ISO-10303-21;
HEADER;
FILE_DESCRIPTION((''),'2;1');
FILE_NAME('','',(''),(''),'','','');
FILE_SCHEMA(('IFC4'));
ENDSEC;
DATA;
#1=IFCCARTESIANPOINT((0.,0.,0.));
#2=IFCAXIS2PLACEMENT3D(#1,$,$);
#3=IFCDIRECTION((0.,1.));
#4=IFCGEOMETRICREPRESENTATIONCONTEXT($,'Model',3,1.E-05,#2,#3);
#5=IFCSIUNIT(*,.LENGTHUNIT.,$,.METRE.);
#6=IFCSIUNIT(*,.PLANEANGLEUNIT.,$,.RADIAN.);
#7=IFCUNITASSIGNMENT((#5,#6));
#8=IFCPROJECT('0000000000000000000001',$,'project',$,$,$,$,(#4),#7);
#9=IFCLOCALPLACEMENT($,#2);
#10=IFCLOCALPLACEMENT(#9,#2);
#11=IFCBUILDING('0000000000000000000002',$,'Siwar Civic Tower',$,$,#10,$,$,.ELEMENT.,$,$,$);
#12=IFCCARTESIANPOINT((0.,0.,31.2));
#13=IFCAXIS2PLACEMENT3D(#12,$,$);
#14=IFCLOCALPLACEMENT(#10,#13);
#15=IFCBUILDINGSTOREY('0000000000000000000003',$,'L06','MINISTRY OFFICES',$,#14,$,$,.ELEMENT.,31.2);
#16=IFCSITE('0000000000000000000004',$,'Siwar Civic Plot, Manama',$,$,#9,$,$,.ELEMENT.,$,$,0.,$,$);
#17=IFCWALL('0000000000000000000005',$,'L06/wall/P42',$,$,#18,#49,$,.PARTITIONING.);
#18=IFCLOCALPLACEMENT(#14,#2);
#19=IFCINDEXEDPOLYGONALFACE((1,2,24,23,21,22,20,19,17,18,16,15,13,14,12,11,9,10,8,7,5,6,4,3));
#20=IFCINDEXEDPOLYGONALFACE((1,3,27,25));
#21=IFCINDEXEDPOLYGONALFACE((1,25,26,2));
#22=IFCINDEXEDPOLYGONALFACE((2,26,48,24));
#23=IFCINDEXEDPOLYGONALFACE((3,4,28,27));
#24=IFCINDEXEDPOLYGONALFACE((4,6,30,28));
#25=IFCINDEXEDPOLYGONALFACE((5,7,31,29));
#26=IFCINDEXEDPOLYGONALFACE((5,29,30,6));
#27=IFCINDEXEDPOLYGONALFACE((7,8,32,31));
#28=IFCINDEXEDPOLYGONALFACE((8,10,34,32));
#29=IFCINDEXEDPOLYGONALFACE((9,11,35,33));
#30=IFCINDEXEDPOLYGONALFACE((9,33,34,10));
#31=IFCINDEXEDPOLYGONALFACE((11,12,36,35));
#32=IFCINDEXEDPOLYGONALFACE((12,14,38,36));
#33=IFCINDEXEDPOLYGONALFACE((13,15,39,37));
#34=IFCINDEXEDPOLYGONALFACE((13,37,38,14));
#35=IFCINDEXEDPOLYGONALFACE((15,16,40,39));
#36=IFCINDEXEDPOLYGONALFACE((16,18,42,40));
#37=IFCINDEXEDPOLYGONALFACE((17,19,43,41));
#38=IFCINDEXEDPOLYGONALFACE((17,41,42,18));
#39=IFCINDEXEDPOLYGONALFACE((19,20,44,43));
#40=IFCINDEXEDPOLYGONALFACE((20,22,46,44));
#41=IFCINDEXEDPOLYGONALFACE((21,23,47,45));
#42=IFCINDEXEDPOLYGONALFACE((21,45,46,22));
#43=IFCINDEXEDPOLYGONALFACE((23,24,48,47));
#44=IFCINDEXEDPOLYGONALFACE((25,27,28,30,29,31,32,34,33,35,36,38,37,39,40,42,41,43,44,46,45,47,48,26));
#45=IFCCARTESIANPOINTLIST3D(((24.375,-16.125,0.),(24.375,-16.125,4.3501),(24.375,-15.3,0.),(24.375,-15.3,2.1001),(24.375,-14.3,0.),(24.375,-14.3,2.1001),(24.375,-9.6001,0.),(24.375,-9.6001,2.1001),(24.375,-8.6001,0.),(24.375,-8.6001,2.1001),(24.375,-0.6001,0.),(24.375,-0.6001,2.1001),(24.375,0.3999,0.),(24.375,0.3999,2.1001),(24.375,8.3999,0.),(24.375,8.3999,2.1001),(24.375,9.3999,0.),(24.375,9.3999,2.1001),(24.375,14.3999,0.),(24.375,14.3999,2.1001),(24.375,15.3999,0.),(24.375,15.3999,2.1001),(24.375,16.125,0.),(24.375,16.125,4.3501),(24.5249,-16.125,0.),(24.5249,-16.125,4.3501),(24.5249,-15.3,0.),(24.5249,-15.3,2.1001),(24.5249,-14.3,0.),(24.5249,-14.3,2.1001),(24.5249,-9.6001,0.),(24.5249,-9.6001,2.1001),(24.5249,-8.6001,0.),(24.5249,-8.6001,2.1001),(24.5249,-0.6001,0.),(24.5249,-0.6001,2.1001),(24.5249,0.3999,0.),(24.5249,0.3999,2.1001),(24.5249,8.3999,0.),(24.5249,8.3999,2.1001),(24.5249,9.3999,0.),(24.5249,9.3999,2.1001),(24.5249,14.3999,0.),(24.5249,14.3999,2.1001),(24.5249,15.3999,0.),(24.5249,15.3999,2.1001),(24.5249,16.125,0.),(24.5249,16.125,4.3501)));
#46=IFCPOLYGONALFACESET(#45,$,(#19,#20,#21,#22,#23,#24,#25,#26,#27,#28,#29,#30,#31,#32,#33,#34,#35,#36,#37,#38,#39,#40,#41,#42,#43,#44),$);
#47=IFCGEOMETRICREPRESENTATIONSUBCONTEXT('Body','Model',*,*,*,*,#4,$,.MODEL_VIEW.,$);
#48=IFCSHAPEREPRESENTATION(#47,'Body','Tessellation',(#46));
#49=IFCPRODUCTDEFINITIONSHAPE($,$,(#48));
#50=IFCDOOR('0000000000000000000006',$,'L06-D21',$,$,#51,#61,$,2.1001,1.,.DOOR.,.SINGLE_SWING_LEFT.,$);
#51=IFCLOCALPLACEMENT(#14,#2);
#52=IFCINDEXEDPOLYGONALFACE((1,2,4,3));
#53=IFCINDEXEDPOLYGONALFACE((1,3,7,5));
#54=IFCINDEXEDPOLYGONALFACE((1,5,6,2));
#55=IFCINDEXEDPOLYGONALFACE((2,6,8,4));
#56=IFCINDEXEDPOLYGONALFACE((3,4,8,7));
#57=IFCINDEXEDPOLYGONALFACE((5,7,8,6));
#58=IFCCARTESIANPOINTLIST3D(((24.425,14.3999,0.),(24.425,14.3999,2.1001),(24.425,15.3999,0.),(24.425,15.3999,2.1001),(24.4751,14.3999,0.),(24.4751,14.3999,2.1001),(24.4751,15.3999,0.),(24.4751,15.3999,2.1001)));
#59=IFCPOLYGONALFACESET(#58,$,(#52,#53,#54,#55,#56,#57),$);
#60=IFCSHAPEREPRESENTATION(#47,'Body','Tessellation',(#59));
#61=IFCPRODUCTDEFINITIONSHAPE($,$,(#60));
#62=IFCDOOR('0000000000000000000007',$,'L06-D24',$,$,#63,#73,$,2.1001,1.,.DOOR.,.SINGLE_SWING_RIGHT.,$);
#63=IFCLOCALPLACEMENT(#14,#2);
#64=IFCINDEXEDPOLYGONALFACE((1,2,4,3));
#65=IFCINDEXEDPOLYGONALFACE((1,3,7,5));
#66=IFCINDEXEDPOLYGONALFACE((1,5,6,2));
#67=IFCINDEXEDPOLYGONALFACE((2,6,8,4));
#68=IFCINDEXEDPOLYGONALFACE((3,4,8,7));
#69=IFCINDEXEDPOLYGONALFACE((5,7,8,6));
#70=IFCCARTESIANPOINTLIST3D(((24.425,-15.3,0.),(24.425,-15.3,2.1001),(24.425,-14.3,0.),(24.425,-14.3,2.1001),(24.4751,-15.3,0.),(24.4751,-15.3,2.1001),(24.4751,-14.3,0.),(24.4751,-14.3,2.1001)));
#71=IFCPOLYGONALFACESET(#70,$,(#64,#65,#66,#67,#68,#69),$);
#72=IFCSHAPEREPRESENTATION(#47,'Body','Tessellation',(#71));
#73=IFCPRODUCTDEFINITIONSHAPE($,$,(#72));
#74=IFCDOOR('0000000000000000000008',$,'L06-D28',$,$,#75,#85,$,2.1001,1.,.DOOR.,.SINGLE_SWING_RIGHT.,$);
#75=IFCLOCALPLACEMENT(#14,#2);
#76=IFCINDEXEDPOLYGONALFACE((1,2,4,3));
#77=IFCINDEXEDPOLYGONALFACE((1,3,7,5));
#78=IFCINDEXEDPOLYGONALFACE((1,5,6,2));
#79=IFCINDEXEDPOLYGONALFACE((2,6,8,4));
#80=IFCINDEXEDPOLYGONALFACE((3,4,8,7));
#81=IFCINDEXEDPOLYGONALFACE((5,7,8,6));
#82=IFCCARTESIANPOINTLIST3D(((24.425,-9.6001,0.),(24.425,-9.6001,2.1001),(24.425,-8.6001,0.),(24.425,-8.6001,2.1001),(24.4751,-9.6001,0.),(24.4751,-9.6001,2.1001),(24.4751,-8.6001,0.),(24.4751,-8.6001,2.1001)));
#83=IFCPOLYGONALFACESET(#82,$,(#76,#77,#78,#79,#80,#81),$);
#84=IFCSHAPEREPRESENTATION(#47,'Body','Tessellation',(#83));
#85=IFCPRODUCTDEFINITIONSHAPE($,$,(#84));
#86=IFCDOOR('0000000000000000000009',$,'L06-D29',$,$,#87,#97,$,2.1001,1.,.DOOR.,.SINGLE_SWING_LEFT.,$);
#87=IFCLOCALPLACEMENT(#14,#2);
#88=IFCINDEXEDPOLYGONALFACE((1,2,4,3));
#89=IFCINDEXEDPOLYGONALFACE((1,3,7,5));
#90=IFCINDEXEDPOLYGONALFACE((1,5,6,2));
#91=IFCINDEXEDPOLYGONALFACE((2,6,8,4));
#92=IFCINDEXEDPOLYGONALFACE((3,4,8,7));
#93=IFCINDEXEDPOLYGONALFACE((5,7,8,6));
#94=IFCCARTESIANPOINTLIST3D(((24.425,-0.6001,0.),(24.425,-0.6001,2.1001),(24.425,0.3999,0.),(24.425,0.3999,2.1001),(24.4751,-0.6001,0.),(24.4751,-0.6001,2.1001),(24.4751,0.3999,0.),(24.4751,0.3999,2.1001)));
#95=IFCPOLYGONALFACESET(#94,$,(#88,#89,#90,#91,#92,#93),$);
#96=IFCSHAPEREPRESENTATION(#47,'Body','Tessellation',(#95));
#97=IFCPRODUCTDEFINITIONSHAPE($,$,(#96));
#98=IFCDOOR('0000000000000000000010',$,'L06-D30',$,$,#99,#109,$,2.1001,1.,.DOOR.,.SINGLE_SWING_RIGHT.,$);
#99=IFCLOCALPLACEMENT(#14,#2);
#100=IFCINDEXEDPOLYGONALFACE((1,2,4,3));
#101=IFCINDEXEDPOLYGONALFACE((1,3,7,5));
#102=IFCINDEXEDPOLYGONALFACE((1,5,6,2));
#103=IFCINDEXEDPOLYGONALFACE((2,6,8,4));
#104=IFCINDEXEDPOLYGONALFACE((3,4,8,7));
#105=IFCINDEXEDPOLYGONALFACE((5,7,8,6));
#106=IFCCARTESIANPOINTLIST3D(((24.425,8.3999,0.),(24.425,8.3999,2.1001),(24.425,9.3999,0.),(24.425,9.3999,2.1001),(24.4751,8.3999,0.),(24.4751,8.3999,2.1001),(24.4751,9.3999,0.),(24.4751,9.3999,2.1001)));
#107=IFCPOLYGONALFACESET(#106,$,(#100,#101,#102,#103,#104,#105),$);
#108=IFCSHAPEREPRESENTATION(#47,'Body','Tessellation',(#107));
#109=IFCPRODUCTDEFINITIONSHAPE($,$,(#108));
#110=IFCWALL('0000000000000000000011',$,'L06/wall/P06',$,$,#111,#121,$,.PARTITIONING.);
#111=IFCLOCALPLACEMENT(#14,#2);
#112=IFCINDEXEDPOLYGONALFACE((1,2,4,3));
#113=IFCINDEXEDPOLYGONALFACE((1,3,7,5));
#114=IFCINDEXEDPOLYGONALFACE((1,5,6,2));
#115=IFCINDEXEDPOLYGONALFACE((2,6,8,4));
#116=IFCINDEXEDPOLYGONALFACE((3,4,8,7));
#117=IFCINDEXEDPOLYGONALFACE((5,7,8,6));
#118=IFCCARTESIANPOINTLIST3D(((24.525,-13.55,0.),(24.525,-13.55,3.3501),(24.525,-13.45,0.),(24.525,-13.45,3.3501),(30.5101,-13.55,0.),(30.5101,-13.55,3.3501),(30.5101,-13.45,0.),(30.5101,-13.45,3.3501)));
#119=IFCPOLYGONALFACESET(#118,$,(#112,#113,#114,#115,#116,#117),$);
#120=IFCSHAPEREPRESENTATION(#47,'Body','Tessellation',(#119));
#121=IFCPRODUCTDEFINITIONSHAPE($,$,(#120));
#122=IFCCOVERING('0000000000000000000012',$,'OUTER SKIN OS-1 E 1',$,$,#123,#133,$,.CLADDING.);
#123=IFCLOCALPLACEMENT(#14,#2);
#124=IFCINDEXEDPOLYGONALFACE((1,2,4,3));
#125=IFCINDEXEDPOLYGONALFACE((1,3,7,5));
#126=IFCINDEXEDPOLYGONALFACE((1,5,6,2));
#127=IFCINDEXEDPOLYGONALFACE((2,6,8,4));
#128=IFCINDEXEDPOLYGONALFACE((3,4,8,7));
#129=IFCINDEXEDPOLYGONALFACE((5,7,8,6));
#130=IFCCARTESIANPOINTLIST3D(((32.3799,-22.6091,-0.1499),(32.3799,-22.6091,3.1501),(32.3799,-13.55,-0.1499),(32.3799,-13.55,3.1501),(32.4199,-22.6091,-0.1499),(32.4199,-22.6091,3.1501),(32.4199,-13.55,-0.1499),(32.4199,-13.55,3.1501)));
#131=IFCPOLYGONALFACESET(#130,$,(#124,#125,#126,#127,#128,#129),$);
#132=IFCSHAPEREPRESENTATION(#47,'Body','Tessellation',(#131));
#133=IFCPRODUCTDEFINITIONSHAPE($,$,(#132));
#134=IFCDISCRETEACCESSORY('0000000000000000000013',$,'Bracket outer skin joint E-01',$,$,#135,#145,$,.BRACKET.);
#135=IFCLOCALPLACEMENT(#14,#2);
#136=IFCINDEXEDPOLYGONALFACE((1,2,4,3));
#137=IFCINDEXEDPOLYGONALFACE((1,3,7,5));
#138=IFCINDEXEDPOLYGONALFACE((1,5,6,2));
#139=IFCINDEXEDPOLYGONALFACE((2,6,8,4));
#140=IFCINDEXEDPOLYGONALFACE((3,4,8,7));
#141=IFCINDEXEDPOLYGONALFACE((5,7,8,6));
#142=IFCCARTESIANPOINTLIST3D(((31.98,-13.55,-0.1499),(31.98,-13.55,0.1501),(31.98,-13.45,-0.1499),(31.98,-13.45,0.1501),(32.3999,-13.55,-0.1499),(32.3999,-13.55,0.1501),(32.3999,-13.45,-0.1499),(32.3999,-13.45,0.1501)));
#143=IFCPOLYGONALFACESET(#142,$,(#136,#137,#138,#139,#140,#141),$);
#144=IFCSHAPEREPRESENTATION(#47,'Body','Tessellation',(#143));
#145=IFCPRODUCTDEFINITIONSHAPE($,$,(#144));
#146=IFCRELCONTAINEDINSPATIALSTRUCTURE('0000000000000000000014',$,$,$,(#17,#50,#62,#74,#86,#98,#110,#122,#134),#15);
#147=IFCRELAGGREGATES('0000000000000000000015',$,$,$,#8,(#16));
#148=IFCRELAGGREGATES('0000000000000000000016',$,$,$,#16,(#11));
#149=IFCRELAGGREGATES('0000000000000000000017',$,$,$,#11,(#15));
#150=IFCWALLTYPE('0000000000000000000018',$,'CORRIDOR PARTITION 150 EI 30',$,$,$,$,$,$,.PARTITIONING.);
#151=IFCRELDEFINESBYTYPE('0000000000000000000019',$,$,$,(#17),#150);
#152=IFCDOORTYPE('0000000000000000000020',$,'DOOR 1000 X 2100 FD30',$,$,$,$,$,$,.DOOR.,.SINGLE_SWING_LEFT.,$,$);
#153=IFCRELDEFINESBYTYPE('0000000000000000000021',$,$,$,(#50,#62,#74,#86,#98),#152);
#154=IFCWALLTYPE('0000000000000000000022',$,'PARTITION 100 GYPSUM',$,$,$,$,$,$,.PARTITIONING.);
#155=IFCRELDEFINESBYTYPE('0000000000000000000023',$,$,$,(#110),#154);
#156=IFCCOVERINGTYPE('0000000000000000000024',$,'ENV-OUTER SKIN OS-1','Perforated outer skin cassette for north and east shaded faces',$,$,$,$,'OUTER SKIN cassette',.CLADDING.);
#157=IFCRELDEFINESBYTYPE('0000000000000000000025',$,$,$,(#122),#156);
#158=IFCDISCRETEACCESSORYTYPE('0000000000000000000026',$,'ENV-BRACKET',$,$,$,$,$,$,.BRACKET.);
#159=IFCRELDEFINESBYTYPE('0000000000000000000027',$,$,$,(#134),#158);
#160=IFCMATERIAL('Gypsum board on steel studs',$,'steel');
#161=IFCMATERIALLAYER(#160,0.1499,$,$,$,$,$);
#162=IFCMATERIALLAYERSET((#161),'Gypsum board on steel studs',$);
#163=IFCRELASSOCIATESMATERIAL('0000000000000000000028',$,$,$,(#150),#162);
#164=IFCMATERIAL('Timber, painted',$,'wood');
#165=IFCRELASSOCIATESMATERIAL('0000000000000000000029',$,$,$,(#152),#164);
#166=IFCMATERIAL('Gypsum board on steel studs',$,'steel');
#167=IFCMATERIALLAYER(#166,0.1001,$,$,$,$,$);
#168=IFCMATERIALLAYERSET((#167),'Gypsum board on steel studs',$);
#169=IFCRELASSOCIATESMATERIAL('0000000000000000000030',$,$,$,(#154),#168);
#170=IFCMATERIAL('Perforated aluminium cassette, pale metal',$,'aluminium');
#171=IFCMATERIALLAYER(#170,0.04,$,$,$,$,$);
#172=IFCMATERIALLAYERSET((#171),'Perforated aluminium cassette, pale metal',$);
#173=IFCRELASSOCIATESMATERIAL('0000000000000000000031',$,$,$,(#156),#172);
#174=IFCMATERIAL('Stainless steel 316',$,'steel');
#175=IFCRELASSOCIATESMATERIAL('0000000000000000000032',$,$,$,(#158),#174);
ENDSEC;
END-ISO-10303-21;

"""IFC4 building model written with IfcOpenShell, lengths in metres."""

from ifc_helpers import new_model, si_unit, direction, frame, frame_2d, origin, origin_2d, place, context, subcontext, project, spatial, rectangle, extrude, material, layer, layer_set, type_object, element, fill, save


model = new_model("IFC4")

# Units and contexts
model_context = context("Model", 3, precision=1e-05, world=origin(), true_north=direction((0.0, 1.0)))
body_context = subcontext(model_context, "Body", "Model", "MODEL_VIEW")
ifc_project = project(units=[si_unit("LENGTHUNIT", "METRE"), si_unit("PLANEANGLEUNIT", "RADIAN")], contexts=[model_context])

# Site, building, storey
site_placement = place(None, origin())
site = spatial("IfcSite", under=ifc_project, at=site_placement, Name="Siwar Civic Plot, Manama", CompositionType="ELEMENT", RefElevation=0.0)
building_placement = place(site_placement, origin())
building = spatial("IfcBuilding", under=site, at=building_placement, Name="Siwar Civic Tower", CompositionType="ELEMENT")
storey_placement = place(building_placement, frame((0.0, 0.0, 31.2)))
storey = spatial("IfcBuildingStorey", under=building, at=storey_placement, Name="L06", Description="MINISTRY OFFICES", CompositionType="ELEMENT", Elevation=31.2)

# Wall, openings, doors
ifc_material_1 = material(Name="Gypsum board on steel studs", Category="steel")
ifc_layer_1 = layer(ifc_material_1, 0.1499)
ifc_layer_set_1 = layer_set([ifc_layer_1], Name="Gypsum board on steel studs")
wall_type_1 = type_object("IfcWallType", Name="CORRIDOR PARTITION 150 EI 30", PredefinedType="PARTITIONING", material=ifc_layer_set_1)
wall_1_placement = place(storey_placement, frame((24.45, -16.125, 0.0), z_axis=(0.0, 0.0, 1.0), x_axis=(0.0, 1.0, 0.0)))
wall_1 = element("IfcWall", 1, at=wall_1_placement, inside=storey, type_object=wall_type_1, Name="L06/wall/P42", PredefinedType="PARTITIONING", context=body_context, shape_type="SweptSolid", body=[
    extrude(rectangle(XDim=32.25, YDim=0.1499, at=frame_2d((16.125, 0.0))), origin(), (0.0, 0.0, 1.0), 4.3501),
])
opening_1_placement = place(wall_1_placement, frame((30.5249, 0.0, 0.0)))
opening_1 = element("IfcOpeningElement", 2, at=opening_1_placement, cuts=wall_1, PredefinedType="OPENING", context=body_context, shape_type="SweptSolid", body=[
    extrude(rectangle(XDim=1.0, YDim=2.1001, at=frame_2d((0.5, 1.05))), frame((0.0, 0.085, 0.0), z_axis=(0.0, -1.0, 0.0), x_axis=(1.0, 0.0, 0.0)), (0.0, 0.0, 1.0), 0.1699),
])
opening_2_placement = place(wall_1_placement, frame((0.825, 0.0, 0.0)))
opening_2 = element("IfcOpeningElement", 3, at=opening_2_placement, cuts=wall_1, PredefinedType="OPENING", context=body_context, shape_type="SweptSolid", body=[
    extrude(rectangle(XDim=1.0, YDim=2.1001, at=frame_2d((0.5, 1.05))), frame((0.0, 0.085, 0.0), z_axis=(0.0, -1.0, 0.0), x_axis=(1.0, 0.0, 0.0)), (0.0, 0.0, 1.0), 0.1699),
])
opening_3_placement = place(wall_1_placement, frame((6.5249, 0.0, 0.0)))
opening_3 = element("IfcOpeningElement", 4, at=opening_3_placement, cuts=wall_1, PredefinedType="OPENING", context=body_context, shape_type="SweptSolid", body=[
    extrude(rectangle(XDim=1.0, YDim=2.1001, at=frame_2d((0.5, 1.05))), frame((0.0, 0.085, 0.0), z_axis=(0.0, -1.0, 0.0), x_axis=(1.0, 0.0, 0.0)), (0.0, 0.0, 1.0), 0.1699),
])
opening_4_placement = place(wall_1_placement, frame((15.5249, 0.0, 0.0)))
opening_4 = element("IfcOpeningElement", 5, at=opening_4_placement, cuts=wall_1, PredefinedType="OPENING", context=body_context, shape_type="SweptSolid", body=[
    extrude(rectangle(XDim=1.0, YDim=2.1001, at=frame_2d((0.5, 1.05))), frame((0.0, 0.085, 0.0), z_axis=(0.0, -1.0, 0.0), x_axis=(1.0, 0.0, 0.0)), (0.0, 0.0, 1.0), 0.1699),
])
opening_5_placement = place(wall_1_placement, frame((24.5249, 0.0, 0.0)))
opening_5 = element("IfcOpeningElement", 6, at=opening_5_placement, cuts=wall_1, PredefinedType="OPENING", context=body_context, shape_type="SweptSolid", body=[
    extrude(rectangle(XDim=1.0, YDim=2.1001, at=frame_2d((0.5, 1.05))), frame((0.0, 0.085, 0.0), z_axis=(0.0, -1.0, 0.0), x_axis=(1.0, 0.0, 0.0)), (0.0, 0.0, 1.0), 0.1699),
])
ifc_material_2 = material(Name="Timber, painted", Category="wood")
door_type = type_object("IfcDoorType", Name="DOOR 1000 X 2100 FD30", OperationType="SINGLE_SWING_LEFT", PredefinedType="DOOR", material=ifc_material_2)
door_1_placement = place(opening_1_placement, origin())
door_1 = element("IfcDoor", 7, at=door_1_placement, inside=storey, type_object=door_type, Name="L06-D21", OperationType="SINGLE_SWING_LEFT", OverallHeight=2.1001, OverallWidth=1.0, PredefinedType="DOOR", context=body_context, shape_type="SweptSolid", body=[
    extrude(rectangle(XDim=1.0, YDim=2.1001, at=frame_2d((0.5, 1.05))), frame((0.0, 0.0249, 0.0), z_axis=(0.0, -1.0, 0.0), x_axis=(1.0, 0.0, 0.0)), (0.0, 0.0, 1.0), 0.05),
])
fill(opening_1, door_1)
door_2_placement = place(opening_2_placement, origin())
door_2 = element("IfcDoor", 8, at=door_2_placement, inside=storey, type_object=door_type, Name="L06-D24", OperationType="SINGLE_SWING_RIGHT", OverallHeight=2.1001, OverallWidth=1.0, PredefinedType="DOOR", context=body_context, shape_type="SweptSolid", body=[
    extrude(rectangle(XDim=1.0, YDim=2.1001, at=frame_2d((0.5, 1.05))), frame((0.0, 0.0249, 0.0), z_axis=(0.0, -1.0, 0.0), x_axis=(1.0, 0.0, 0.0)), (0.0, 0.0, 1.0), 0.05),
])
fill(opening_2, door_2)
door_3_placement = place(opening_3_placement, origin())
door_3 = element("IfcDoor", 9, at=door_3_placement, inside=storey, type_object=door_type, Name="L06-D28", OperationType="SINGLE_SWING_RIGHT", OverallHeight=2.1001, OverallWidth=1.0, PredefinedType="DOOR", context=body_context, shape_type="SweptSolid", body=[
    extrude(rectangle(XDim=1.0, YDim=2.1001, at=frame_2d((0.5, 1.05))), frame((0.0, 0.0249, 0.0), z_axis=(0.0, -1.0, 0.0), x_axis=(1.0, 0.0, 0.0)), (0.0, 0.0, 1.0), 0.05),
])
fill(opening_3, door_3)
door_4_placement = place(opening_4_placement, origin())
door_4 = element("IfcDoor", 10, at=door_4_placement, inside=storey, type_object=door_type, Name="L06-D29", OperationType="SINGLE_SWING_LEFT", OverallHeight=2.1001, OverallWidth=1.0, PredefinedType="DOOR", context=body_context, shape_type="SweptSolid", body=[
    extrude(rectangle(XDim=1.0, YDim=2.1001, at=frame_2d((0.5, 1.05))), frame((0.0, 0.0249, 0.0), z_axis=(0.0, -1.0, 0.0), x_axis=(1.0, 0.0, 0.0)), (0.0, 0.0, 1.0), 0.05),
])
fill(opening_4, door_4)
door_5_placement = place(opening_5_placement, origin())
door_5 = element("IfcDoor", 11, at=door_5_placement, inside=storey, type_object=door_type, Name="L06-D30", OperationType="SINGLE_SWING_RIGHT", OverallHeight=2.1001, OverallWidth=1.0, PredefinedType="DOOR", context=body_context, shape_type="SweptSolid", body=[
    extrude(rectangle(XDim=1.0, YDim=2.1001, at=frame_2d((0.5, 1.05))), frame((0.0, 0.0249, 0.0), z_axis=(0.0, -1.0, 0.0), x_axis=(1.0, 0.0, 0.0)), (0.0, 0.0, 1.0), 0.05),
])
fill(opening_5, door_5)

# Wall
ifc_material_3 = material(Name="Gypsum board on steel studs", Category="steel")
ifc_layer_2 = layer(ifc_material_3, 0.1001)
ifc_layer_set_2 = layer_set([ifc_layer_2], Name="Gypsum board on steel studs")
wall_type_2 = type_object("IfcWallType", Name="PARTITION 100 GYPSUM", PredefinedType="PARTITIONING", material=ifc_layer_set_2)
wall_2_placement = place(storey_placement, frame((24.5249, -13.5, 0.0), z_axis=(0.0, 0.0, 1.0), x_axis=(1.0, 0.0, 0.0)))
element("IfcWall", 12, at=wall_2_placement, inside=storey, type_object=wall_type_2, Name="L06/wall/P06", PredefinedType="PARTITIONING", context=body_context, shape_type="SweptSolid", body=[
    extrude(rectangle(XDim=5.9851, YDim=0.1001, at=frame_2d((2.9927, 0.0))), origin(), (0.0, 0.0, 1.0), 3.3501),
])

# Covering
ifc_material_4 = material(Name="Perforated aluminium cassette, pale metal", Category="aluminium")
ifc_layer_3 = layer(ifc_material_4, 0.04)
ifc_layer_set_3 = layer_set([ifc_layer_3], Name="Perforated aluminium cassette, pale metal")
covering_type = type_object("IfcCoveringType", Name="ENV-OUTER SKIN OS-1", Description="Perforated outer skin cassette for north and east shaded faces", ElementType="OUTER SKIN cassette", PredefinedType="CLADDING", material=ifc_layer_set_3)
covering_placement = place(storey_placement, frame((32.3999, -18.0796, -0.1499), z_axis=(0.0, 0.0, 1.0), x_axis=(0.0, 1.0, 0.0)))
element("IfcCovering", 13, at=covering_placement, inside=storey, type_object=covering_type, Name="OUTER SKIN OS-1 E 1", PredefinedType="CLADDING", context=body_context, shape_type="SweptSolid", body=[
    extrude(rectangle(XDim=9.0591, YDim=0.04, at=origin_2d()), origin(), (0.0, 0.0, 1.0), 3.3),
])

# Discrete accessory
ifc_material_5 = material(Name="Stainless steel 316", Category="steel")
discrete_accessory_type = type_object("IfcDiscreteAccessoryType", Name="ENV-BRACKET", PredefinedType="BRACKET", material=ifc_material_5)
discrete_accessory_placement = place(storey_placement, frame((32.1899, -13.5, -0.1499), z_axis=(0.0, 0.0, 1.0), x_axis=(1.0, 0.0, 0.0)))
element("IfcDiscreteAccessory", 14, at=discrete_accessory_placement, inside=storey, type_object=discrete_accessory_type, Name="Bracket outer skin joint E-01", PredefinedType="BRACKET", context=body_context, shape_type="SweptSolid", body=[
    extrude(rectangle(XDim=0.4199, YDim=0.1001, at=origin_2d()), origin(), (0.0, 0.0, 1.0), 0.3),
])

save(model, "model.ifc")
